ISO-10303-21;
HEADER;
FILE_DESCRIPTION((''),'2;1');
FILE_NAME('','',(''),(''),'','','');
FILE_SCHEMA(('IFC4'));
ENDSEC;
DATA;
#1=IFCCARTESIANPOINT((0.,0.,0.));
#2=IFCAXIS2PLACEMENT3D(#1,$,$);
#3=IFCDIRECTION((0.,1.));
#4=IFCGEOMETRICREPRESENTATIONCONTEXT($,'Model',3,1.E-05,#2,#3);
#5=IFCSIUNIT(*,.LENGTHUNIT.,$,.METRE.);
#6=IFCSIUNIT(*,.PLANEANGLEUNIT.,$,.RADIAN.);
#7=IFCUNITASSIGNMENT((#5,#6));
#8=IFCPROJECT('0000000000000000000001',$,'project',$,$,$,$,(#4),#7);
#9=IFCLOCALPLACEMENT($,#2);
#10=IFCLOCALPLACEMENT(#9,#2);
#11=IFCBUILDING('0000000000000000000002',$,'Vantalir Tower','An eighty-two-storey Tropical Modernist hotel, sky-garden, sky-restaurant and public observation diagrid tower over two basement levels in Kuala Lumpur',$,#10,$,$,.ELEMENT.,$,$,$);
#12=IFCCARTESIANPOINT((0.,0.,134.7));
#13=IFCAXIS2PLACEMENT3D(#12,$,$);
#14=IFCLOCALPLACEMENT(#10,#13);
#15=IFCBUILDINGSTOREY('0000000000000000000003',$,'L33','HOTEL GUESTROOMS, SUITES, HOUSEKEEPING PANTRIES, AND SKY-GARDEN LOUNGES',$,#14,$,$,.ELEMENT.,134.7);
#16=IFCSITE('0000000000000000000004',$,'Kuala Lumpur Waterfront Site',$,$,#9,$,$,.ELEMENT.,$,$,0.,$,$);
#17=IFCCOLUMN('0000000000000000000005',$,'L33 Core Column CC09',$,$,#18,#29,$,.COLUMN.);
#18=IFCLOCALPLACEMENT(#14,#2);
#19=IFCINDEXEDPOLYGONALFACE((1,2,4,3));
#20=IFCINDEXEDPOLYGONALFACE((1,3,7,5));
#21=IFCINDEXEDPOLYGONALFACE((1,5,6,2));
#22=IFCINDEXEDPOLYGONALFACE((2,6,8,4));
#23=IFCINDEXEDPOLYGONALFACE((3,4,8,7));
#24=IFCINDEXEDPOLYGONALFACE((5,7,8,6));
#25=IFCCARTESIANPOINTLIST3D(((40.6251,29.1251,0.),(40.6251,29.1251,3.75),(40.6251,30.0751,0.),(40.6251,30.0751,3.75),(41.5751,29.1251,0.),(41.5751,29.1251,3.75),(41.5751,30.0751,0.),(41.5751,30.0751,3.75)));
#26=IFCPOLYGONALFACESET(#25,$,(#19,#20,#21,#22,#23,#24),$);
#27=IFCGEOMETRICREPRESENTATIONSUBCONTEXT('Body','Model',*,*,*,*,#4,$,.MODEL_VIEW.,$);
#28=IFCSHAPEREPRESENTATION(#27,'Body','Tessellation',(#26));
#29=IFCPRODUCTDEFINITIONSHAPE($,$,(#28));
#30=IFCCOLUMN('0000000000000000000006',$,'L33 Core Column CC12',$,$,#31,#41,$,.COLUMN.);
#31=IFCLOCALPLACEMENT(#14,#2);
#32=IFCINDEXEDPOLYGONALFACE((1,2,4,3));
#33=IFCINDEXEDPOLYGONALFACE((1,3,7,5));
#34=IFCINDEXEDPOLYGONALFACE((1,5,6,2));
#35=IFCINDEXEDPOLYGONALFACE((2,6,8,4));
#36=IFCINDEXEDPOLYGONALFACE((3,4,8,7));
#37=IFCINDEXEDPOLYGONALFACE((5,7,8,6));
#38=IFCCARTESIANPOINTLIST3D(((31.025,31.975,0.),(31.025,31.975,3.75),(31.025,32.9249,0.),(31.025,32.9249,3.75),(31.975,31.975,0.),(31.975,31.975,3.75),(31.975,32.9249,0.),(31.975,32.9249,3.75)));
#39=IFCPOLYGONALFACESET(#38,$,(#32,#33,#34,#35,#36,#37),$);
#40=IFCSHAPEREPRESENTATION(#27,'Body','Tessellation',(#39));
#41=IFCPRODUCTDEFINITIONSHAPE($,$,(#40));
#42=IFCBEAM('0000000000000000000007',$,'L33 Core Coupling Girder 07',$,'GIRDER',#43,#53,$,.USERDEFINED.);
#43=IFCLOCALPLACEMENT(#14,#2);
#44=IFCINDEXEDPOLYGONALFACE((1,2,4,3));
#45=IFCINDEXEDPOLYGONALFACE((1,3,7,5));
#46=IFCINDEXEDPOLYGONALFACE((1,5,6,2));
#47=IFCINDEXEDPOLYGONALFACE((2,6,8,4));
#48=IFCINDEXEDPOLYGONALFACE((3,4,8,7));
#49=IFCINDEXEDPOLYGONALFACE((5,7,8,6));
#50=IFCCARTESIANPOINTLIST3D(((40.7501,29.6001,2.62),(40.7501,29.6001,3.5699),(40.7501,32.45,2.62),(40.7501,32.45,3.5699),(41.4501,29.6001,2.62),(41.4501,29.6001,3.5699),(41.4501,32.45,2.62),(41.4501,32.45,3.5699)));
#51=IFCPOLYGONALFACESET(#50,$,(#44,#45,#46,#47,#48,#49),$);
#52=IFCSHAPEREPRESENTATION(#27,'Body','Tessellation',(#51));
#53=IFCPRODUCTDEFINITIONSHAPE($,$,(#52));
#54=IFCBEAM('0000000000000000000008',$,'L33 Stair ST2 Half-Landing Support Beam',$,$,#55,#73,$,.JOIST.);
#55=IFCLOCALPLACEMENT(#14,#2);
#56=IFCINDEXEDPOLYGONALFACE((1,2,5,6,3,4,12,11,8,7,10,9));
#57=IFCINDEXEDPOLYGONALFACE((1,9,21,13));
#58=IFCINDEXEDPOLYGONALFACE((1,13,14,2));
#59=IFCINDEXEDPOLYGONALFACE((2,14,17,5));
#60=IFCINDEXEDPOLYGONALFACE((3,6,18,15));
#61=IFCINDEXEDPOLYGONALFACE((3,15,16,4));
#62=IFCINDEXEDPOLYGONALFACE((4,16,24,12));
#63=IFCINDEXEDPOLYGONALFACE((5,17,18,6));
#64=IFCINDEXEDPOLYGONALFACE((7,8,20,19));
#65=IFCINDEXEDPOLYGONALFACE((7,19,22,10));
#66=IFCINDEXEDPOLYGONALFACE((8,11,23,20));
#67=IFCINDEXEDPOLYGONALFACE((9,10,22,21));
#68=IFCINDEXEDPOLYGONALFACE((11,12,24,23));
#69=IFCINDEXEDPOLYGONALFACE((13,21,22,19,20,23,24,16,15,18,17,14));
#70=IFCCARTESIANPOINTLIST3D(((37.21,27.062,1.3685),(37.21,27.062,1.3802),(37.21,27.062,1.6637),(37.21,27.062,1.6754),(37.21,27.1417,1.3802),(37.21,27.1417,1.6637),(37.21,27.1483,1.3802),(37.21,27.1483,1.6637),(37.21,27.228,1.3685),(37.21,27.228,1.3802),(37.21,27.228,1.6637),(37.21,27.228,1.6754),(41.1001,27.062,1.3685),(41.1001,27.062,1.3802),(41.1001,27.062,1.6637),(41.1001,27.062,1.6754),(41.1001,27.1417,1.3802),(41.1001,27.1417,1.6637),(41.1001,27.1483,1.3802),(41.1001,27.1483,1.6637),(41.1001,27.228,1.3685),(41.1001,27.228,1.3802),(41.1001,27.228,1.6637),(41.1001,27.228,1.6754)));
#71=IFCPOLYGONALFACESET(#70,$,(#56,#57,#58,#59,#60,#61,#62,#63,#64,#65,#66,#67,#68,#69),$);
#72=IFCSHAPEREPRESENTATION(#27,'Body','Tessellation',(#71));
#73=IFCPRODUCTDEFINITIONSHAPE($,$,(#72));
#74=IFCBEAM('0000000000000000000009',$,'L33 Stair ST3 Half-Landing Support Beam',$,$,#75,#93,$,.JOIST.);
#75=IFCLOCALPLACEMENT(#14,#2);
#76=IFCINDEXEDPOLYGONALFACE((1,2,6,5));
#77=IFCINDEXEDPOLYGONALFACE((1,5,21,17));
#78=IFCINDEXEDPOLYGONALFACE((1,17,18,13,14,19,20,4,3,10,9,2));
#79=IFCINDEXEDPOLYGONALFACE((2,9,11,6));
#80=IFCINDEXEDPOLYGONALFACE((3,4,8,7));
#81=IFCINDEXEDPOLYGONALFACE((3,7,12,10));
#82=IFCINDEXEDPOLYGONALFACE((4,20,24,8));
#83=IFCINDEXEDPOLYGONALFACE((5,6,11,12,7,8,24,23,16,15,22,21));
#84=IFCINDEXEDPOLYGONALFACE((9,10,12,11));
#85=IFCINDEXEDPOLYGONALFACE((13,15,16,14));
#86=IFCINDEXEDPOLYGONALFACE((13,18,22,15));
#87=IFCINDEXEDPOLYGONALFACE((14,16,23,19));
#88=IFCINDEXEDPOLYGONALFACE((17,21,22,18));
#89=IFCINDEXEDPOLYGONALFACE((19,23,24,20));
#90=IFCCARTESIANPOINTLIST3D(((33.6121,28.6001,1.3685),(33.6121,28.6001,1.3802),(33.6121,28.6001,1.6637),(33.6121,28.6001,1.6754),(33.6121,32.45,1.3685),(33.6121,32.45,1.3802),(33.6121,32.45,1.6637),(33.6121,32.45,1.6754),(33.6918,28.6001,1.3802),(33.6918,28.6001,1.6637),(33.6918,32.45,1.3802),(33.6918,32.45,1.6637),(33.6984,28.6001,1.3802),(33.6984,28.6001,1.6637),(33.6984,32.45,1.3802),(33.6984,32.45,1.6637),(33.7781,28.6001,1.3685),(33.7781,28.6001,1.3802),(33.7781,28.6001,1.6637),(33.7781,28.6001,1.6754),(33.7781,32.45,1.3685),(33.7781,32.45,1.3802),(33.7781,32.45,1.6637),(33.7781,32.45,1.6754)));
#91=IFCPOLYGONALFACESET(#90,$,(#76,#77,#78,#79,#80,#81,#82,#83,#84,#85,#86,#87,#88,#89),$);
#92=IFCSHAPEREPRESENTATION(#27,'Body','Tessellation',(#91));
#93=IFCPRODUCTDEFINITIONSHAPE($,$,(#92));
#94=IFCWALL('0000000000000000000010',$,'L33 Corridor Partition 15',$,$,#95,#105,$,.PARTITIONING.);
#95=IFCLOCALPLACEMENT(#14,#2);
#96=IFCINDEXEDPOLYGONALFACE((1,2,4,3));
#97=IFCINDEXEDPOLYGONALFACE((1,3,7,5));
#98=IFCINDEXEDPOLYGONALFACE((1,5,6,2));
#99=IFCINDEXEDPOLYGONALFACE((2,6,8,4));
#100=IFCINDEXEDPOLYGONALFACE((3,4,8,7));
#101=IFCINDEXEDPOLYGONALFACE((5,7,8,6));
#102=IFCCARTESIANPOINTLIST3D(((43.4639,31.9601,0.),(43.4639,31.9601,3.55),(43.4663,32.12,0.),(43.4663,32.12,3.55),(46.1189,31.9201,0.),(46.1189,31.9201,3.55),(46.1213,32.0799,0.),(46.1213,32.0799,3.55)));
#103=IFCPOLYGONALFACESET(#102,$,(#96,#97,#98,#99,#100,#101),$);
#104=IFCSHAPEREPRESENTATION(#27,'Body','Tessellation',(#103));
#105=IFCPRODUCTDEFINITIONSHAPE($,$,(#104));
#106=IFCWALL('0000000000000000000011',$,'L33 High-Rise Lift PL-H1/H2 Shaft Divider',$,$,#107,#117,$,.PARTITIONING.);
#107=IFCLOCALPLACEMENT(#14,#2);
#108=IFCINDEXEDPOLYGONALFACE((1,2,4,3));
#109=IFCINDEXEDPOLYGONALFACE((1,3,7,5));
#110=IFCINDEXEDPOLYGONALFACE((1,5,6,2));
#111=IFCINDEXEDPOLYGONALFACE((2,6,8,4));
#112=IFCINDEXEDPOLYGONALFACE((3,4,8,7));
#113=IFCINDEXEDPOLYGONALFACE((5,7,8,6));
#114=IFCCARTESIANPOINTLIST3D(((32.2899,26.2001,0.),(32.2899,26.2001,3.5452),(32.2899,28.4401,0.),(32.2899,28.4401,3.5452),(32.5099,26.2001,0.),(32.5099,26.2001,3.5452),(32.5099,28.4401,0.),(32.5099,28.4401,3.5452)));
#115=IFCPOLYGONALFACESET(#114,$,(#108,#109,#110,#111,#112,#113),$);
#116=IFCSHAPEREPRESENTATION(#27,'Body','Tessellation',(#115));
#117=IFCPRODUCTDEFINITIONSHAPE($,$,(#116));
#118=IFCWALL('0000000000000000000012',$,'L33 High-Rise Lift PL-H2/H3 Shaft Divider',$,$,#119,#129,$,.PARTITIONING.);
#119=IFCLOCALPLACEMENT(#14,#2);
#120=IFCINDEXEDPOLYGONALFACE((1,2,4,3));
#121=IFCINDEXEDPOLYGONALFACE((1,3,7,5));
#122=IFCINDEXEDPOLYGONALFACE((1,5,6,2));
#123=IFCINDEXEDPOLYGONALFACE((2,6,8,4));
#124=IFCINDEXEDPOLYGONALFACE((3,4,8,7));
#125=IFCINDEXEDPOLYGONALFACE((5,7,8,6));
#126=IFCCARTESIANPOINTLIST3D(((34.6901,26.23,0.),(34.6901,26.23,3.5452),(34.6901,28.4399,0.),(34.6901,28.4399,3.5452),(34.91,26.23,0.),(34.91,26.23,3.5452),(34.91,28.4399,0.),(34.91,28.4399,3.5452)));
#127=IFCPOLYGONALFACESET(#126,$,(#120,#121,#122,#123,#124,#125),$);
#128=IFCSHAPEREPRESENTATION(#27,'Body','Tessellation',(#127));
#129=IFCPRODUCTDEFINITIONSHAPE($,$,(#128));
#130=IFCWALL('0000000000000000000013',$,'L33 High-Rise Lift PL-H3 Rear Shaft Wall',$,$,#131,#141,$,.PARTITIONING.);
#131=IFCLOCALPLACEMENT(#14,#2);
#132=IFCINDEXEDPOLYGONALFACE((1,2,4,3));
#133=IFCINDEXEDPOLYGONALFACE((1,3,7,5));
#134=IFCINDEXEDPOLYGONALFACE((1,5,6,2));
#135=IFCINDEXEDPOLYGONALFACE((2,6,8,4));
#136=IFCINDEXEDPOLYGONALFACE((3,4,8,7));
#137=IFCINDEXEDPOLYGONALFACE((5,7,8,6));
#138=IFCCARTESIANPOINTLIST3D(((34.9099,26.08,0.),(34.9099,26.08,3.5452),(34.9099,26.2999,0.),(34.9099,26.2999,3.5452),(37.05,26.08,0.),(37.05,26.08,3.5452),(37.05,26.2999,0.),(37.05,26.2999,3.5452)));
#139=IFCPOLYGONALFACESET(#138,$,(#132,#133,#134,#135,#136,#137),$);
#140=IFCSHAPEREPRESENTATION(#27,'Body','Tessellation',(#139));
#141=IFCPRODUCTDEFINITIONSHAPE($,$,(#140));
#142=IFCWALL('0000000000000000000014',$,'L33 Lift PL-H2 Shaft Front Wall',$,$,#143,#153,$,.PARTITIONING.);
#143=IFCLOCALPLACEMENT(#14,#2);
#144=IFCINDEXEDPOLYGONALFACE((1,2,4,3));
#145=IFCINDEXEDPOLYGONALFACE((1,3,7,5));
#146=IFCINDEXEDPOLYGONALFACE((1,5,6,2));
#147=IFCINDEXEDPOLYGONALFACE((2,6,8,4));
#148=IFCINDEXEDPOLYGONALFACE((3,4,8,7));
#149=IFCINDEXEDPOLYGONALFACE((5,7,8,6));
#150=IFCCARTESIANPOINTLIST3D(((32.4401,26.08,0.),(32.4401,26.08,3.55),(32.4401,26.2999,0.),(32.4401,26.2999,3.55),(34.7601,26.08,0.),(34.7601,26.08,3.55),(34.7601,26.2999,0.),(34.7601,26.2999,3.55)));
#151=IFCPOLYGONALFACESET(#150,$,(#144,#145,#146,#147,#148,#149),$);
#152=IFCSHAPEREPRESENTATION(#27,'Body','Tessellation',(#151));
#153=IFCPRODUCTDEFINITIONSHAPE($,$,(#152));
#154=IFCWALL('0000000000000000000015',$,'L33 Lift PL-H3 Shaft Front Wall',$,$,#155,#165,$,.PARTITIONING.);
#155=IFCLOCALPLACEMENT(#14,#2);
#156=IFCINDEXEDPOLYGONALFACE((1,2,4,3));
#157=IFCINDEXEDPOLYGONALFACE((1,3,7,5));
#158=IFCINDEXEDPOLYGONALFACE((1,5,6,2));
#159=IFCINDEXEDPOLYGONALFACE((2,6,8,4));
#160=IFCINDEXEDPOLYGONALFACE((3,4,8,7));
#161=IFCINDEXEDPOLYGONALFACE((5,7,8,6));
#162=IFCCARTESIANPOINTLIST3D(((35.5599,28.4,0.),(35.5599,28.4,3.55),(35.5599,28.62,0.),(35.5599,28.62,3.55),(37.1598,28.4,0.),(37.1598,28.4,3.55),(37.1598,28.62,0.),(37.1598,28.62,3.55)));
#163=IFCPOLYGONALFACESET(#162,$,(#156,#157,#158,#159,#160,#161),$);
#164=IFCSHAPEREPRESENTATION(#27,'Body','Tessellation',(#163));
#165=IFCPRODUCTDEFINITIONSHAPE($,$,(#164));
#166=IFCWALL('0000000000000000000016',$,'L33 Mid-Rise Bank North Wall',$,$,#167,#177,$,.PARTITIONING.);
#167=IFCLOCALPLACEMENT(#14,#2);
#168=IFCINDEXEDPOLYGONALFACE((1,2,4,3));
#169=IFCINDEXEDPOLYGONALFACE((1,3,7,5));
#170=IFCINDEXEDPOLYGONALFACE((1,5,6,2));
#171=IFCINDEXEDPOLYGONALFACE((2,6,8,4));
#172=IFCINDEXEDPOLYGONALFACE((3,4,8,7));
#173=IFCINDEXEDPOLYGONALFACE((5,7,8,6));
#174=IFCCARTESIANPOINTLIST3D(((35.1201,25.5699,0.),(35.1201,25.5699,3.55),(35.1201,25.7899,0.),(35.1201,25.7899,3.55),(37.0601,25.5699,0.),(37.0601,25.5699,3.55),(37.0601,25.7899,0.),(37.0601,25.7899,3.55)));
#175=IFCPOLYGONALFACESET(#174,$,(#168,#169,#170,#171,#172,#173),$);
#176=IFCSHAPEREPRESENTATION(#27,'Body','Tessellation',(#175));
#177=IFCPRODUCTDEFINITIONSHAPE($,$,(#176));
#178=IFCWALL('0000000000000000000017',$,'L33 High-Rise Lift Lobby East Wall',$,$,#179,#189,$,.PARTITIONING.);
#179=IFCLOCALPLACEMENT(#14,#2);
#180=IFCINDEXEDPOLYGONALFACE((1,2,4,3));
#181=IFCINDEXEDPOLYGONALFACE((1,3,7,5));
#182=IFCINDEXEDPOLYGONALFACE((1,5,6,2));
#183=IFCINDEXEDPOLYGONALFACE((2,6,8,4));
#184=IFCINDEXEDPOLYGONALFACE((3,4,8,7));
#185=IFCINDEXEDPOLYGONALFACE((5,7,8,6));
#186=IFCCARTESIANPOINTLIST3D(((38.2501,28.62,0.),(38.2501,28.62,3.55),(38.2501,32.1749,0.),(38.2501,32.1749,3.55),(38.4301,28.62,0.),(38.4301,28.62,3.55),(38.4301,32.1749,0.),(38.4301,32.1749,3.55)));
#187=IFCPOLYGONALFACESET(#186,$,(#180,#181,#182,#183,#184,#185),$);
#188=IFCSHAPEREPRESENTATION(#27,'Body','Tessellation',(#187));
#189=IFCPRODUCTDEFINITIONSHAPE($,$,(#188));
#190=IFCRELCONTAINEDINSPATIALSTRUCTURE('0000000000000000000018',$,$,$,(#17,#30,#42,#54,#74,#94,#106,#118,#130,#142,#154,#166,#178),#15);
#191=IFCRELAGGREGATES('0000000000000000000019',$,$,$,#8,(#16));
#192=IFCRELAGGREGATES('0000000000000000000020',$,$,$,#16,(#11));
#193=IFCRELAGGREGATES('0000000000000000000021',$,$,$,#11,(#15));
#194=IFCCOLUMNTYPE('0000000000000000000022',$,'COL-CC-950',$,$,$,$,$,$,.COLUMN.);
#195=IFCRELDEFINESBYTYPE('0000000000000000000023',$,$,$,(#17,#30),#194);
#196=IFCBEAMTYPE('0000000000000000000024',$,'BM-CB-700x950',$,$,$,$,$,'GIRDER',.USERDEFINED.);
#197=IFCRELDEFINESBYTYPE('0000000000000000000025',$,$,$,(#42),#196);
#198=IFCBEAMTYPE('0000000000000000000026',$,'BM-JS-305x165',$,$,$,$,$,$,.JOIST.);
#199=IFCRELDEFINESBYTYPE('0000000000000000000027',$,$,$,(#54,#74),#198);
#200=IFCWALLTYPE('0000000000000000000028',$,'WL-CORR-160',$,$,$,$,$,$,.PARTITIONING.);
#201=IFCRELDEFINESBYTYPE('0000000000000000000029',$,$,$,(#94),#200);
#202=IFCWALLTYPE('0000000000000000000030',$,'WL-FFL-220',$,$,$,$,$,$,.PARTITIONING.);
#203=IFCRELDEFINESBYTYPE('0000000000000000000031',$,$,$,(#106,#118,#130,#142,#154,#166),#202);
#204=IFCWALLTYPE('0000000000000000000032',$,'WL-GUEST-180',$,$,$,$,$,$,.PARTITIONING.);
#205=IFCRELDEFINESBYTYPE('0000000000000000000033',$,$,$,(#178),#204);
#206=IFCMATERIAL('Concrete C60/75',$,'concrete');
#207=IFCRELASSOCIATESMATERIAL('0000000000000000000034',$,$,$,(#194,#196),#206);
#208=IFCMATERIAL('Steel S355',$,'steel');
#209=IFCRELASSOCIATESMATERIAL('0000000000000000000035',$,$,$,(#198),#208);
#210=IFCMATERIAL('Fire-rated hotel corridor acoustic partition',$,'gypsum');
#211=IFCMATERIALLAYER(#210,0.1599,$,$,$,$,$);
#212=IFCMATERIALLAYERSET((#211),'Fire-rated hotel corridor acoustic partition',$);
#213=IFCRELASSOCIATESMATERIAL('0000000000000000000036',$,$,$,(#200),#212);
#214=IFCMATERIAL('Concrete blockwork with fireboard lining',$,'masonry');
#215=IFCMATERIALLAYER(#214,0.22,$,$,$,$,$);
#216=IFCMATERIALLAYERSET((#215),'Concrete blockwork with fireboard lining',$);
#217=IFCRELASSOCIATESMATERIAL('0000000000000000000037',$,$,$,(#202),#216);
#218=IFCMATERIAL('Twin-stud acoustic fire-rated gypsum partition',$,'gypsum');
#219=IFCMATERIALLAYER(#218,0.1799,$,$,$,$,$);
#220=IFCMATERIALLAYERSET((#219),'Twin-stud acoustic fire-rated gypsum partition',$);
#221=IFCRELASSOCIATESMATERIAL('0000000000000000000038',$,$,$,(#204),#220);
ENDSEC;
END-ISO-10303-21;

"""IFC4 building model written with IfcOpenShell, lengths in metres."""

from ifc_helpers import new_model, si_unit, direction, frame, frame_2d, origin, origin_2d, place, context, subcontext, project, spatial, rectangle, i_section, extrude, material, layer, layer_set, material_profile, profile_set, type_object, element, save


model = new_model("IFC4")

# Units and contexts
model_context = context("Model", 3, precision=1e-05, world=origin(), true_north=direction((0.0, 1.0)))
body_context = subcontext(model_context, "Body", "Model", "MODEL_VIEW")
ifc_project = project(units=[si_unit("LENGTHUNIT", "METRE"), si_unit("PLANEANGLEUNIT", "RADIAN")], contexts=[model_context])

# Site, building, storey
site_placement = place(None, origin())
site = spatial("IfcSite", under=ifc_project, at=site_placement, Name="Kuala Lumpur Waterfront Site", CompositionType="ELEMENT", RefElevation=0.0)
building_placement = place(site_placement, origin())
building = spatial("IfcBuilding", under=site, at=building_placement, Name="Vantalir Tower", Description="An eighty-two-storey Tropical Modernist hotel, sky-garden, sky-restaurant and public observation diagrid tower over two basement levels in Kuala Lumpur", CompositionType="ELEMENT")
storey_placement = place(building_placement, frame((0.0, 0.0, 134.7)))
storey = spatial("IfcBuildingStorey", under=building, at=storey_placement, Name="L33", Description="HOTEL GUESTROOMS, SUITES, HOUSEKEEPING PANTRIES, AND SKY-GARDEN LOUNGES", CompositionType="ELEMENT", Elevation=134.7)

# Columns
ifc_material_1 = material(Name="Concrete C60/75", Category="concrete")
ifc_material_profile_1 = material_profile(ifc_material_1, rectangle(XDim=0.95, YDim=0.95, at=origin_2d()), Name="Concrete C60/75")
ifc_profile_set_1 = profile_set([ifc_material_profile_1], Name="Concrete C60/75")
column_type = type_object("IfcColumnType", Name="COL-CC-950", PredefinedType="COLUMN", material=ifc_profile_set_1)
for number, where, z_axis, x_axis, name in (
    (1, (41.1001, 29.6001, 0.0), (0.0, 0.0, 1.0), (1.0, 0.0, 0.0), "L33 Core Column CC09"),
    (2, (31.5, 32.45, 0.0), (0.0, 0.0, 1.0), (1.0, 0.0, 0.0), "L33 Core Column CC12"),
):
    element("IfcColumn", number, at=place(storey_placement, frame(where, z_axis=z_axis, x_axis=x_axis)), inside=storey, type_object=column_type, Name=name, PredefinedType="COLUMN", context=body_context, shape_type="SweptSolid", body=[
        extrude(rectangle(XDim=0.95, YDim=0.95, at=origin_2d()), origin(), (0.0, 0.0, 1.0), 3.75),
    ])

# Beams
ifc_material_profile_2 = material_profile(ifc_material_1, rectangle(XDim=0.7, YDim=0.95, at=origin_2d()), Name="Concrete C60/75")
ifc_profile_set_2 = profile_set([ifc_material_profile_2], Name="Concrete C60/75")
beam_type_1 = type_object("IfcBeamType", Name="BM-CB-700x950", ElementType="GIRDER", PredefinedType="USERDEFINED", material=ifc_profile_set_2)
beam_1_placement = place(storey_placement, frame((41.1001, 29.6001, 3.095), z_axis=(0.0, 1.0, 0.0), x_axis=(-1.0, 0.0, 0.0)))
element("IfcBeam", 3, at=beam_1_placement, inside=storey, type_object=beam_type_1, Name="L33 Core Coupling Girder 07", ObjectType="GIRDER", PredefinedType="USERDEFINED", context=body_context, shape_type="SweptSolid", body=[
    extrude(rectangle(XDim=0.7, YDim=0.95, at=origin_2d()), origin(), (0.0, 0.0, 1.0), 2.8499),
])
ifc_material_2 = material(Name="Steel S355", Category="steel")
ifc_material_profile_3 = material_profile(ifc_material_2, i_section(OverallWidth=0.166, OverallDepth=0.3069, WebThickness=0.0066, FlangeThickness=0.0117, at=origin_2d()), Name="Steel S355")
ifc_profile_set_3 = profile_set([ifc_material_profile_3], Name="Steel S355")
beam_type_2 = type_object("IfcBeamType", Name="BM-JS-305x165", PredefinedType="JOIST", material=ifc_profile_set_3)
beam_2_placement = place(storey_placement, frame((37.21, 27.145, 1.522), z_axis=(1.0, 0.0, 0.0), x_axis=(0.0, 1.0, 0.0)))
element("IfcBeam", 4, at=beam_2_placement, inside=storey, type_object=beam_type_2, Name="L33 Stair ST2 Half-Landing Support Beam", PredefinedType="JOIST", context=body_context, shape_type="SweptSolid", body=[
    extrude(i_section(OverallWidth=0.166, OverallDepth=0.3069, WebThickness=0.0066, FlangeThickness=0.0117, at=origin_2d()), origin(), (0.0, 0.0, 1.0), 3.8901),
])
beam_3_placement = place(storey_placement, frame((33.6951, 28.6001, 1.522), z_axis=(0.0, 1.0, 0.0), x_axis=(-1.0, 0.0, 0.0)))
element("IfcBeam", 5, at=beam_3_placement, inside=storey, type_object=beam_type_2, Name="L33 Stair ST3 Half-Landing Support Beam", PredefinedType="JOIST", context=body_context, shape_type="SweptSolid", body=[
    extrude(i_section(OverallWidth=0.166, OverallDepth=0.3069, WebThickness=0.0066, FlangeThickness=0.0117, at=origin_2d()), origin(), (0.0, 0.0, 1.0), 3.8499),
])

# Walls
ifc_material_3 = material(Name="Fire-rated hotel corridor acoustic partition", Category="gypsum")
ifc_layer_1 = layer(ifc_material_3, 0.1599)
ifc_layer_set_1 = layer_set([ifc_layer_1], Name="Fire-rated hotel corridor acoustic partition")
wall_type_1 = type_object("IfcWallType", Name="WL-CORR-160", PredefinedType="PARTITIONING", material=ifc_layer_set_1)
wall_1_placement = place(storey_placement, frame((43.4651, 32.04, 0.0), z_axis=(0.0, 0.0, 1.0), x_axis=(0.999886, -0.015079, 0.0)))
element("IfcWall", 6, at=wall_1_placement, inside=storey, type_object=wall_type_1, Name="L33 Corridor Partition 15", PredefinedType="PARTITIONING", context=body_context, shape_type="SweptSolid", body=[
    extrude(rectangle(XDim=2.6553, YDim=0.1599, at=frame_2d((1.3276, 0.0))), origin(), (0.0, 0.0, 1.0), 3.55),
])
ifc_material_4 = material(Name="Concrete blockwork with fireboard lining", Category="masonry")
ifc_layer_2 = layer(ifc_material_4, 0.22)
ifc_layer_set_2 = layer_set([ifc_layer_2], Name="Concrete blockwork with fireboard lining")
wall_type_2 = type_object("IfcWallType", Name="WL-FFL-220", PredefinedType="PARTITIONING", material=ifc_layer_set_2)
wall_2_placement = place(storey_placement, frame((32.3999, 26.2, 0.0), z_axis=(0.0, 0.0, 1.0), x_axis=(0.0, 1.0, 0.0)))
element("IfcWall", 7, at=wall_2_placement, inside=storey, type_object=wall_type_2, Name="L33 High-Rise Lift PL-H1/H2 Shaft Divider", PredefinedType="PARTITIONING", context=body_context, shape_type="SweptSolid", body=[
    extrude(rectangle(XDim=2.24, YDim=0.22, at=frame_2d((1.1201, 0.0))), origin(), (0.0, 0.0, 1.0), 3.5452),
])
wall_3_placement = place(storey_placement, frame((34.8, 26.23, 0.0), z_axis=(0.0, 0.0, 1.0), x_axis=(0.0, 1.0, 0.0)))
element("IfcWall", 8, at=wall_3_placement, inside=storey, type_object=wall_type_2, Name="L33 High-Rise Lift PL-H2/H3 Shaft Divider", PredefinedType="PARTITIONING", context=body_context, shape_type="SweptSolid", body=[
    extrude(rectangle(XDim=2.21, YDim=0.22, at=frame_2d((1.105, 0.0))), origin(), (0.0, 0.0, 1.0), 3.5452),
])
wall_4_placement = place(storey_placement, frame((34.9099, 26.1899, 0.0), z_axis=(0.0, 0.0, 1.0), x_axis=(1.0, 0.0, 0.0)))
element("IfcWall", 9, at=wall_4_placement, inside=storey, type_object=wall_type_2, Name="L33 High-Rise Lift PL-H3 Rear Shaft Wall", PredefinedType="PARTITIONING", context=body_context, shape_type="SweptSolid", body=[
    extrude(rectangle(XDim=2.1401, YDim=0.22, at=frame_2d((1.0701, 0.0))), origin(), (0.0, 0.0, 1.0), 3.5452),
])
wall_5_placement = place(storey_placement, frame((32.4399, 26.1899, 0.0), z_axis=(0.0, 0.0, 1.0), x_axis=(1.0, 0.0, 0.0)))
element("IfcWall", 10, at=wall_5_placement, inside=storey, type_object=wall_type_2, Name="L33 Lift PL-H2 Shaft Front Wall", PredefinedType="PARTITIONING", context=body_context, shape_type="SweptSolid", body=[
    extrude(rectangle(XDim=2.3201, YDim=0.22, at=frame_2d((1.1602, 0.0))), origin(), (0.0, 0.0, 1.0), 3.55),
])
wall_6_placement = place(storey_placement, frame((35.5601, 28.51, 0.0), z_axis=(0.0, 0.0, 1.0), x_axis=(1.0, 0.0, 0.0)))
element("IfcWall", 11, at=wall_6_placement, inside=storey, type_object=wall_type_2, Name="L33 Lift PL-H3 Shaft Front Wall", PredefinedType="PARTITIONING", context=body_context, shape_type="SweptSolid", body=[
    extrude(rectangle(XDim=1.5999, YDim=0.22, at=frame_2d((0.7998, 0.0))), origin(), (0.0, 0.0, 1.0), 3.55),
])
wall_7_placement = place(storey_placement, frame((35.1201, 25.6799, 0.0), z_axis=(0.0, 0.0, 1.0), x_axis=(1.0, 0.0, 0.0)))
element("IfcWall", 12, at=wall_7_placement, inside=storey, type_object=wall_type_2, Name="L33 Mid-Rise Bank North Wall", PredefinedType="PARTITIONING", context=body_context, shape_type="SweptSolid", body=[
    extrude(rectangle(XDim=1.9399, YDim=0.22, at=frame_2d((0.97, 0.0))), origin(), (0.0, 0.0, 1.0), 3.55),
])
ifc_material_5 = material(Name="Twin-stud acoustic fire-rated gypsum partition", Category="gypsum")
ifc_layer_3 = layer(ifc_material_5, 0.1799)
ifc_layer_set_3 = layer_set([ifc_layer_3], Name="Twin-stud acoustic fire-rated gypsum partition")
wall_type_3 = type_object("IfcWallType", Name="WL-GUEST-180", PredefinedType="PARTITIONING", material=ifc_layer_set_3)
wall_8_placement = place(storey_placement, frame((38.3401, 28.6201, 0.0), z_axis=(0.0, 0.0, 1.0), x_axis=(0.0, 1.0, 0.0)))
element("IfcWall", 13, at=wall_8_placement, inside=storey, type_object=wall_type_3, Name="L33 High-Rise Lift Lobby East Wall", PredefinedType="PARTITIONING", context=body_context, shape_type="SweptSolid", body=[
    extrude(rectangle(XDim=3.5549, YDim=0.1799, at=frame_2d((1.7773, 0.0))), origin(), (0.0, 0.0, 1.0), 3.55),
])

save(model, "model.ifc")
